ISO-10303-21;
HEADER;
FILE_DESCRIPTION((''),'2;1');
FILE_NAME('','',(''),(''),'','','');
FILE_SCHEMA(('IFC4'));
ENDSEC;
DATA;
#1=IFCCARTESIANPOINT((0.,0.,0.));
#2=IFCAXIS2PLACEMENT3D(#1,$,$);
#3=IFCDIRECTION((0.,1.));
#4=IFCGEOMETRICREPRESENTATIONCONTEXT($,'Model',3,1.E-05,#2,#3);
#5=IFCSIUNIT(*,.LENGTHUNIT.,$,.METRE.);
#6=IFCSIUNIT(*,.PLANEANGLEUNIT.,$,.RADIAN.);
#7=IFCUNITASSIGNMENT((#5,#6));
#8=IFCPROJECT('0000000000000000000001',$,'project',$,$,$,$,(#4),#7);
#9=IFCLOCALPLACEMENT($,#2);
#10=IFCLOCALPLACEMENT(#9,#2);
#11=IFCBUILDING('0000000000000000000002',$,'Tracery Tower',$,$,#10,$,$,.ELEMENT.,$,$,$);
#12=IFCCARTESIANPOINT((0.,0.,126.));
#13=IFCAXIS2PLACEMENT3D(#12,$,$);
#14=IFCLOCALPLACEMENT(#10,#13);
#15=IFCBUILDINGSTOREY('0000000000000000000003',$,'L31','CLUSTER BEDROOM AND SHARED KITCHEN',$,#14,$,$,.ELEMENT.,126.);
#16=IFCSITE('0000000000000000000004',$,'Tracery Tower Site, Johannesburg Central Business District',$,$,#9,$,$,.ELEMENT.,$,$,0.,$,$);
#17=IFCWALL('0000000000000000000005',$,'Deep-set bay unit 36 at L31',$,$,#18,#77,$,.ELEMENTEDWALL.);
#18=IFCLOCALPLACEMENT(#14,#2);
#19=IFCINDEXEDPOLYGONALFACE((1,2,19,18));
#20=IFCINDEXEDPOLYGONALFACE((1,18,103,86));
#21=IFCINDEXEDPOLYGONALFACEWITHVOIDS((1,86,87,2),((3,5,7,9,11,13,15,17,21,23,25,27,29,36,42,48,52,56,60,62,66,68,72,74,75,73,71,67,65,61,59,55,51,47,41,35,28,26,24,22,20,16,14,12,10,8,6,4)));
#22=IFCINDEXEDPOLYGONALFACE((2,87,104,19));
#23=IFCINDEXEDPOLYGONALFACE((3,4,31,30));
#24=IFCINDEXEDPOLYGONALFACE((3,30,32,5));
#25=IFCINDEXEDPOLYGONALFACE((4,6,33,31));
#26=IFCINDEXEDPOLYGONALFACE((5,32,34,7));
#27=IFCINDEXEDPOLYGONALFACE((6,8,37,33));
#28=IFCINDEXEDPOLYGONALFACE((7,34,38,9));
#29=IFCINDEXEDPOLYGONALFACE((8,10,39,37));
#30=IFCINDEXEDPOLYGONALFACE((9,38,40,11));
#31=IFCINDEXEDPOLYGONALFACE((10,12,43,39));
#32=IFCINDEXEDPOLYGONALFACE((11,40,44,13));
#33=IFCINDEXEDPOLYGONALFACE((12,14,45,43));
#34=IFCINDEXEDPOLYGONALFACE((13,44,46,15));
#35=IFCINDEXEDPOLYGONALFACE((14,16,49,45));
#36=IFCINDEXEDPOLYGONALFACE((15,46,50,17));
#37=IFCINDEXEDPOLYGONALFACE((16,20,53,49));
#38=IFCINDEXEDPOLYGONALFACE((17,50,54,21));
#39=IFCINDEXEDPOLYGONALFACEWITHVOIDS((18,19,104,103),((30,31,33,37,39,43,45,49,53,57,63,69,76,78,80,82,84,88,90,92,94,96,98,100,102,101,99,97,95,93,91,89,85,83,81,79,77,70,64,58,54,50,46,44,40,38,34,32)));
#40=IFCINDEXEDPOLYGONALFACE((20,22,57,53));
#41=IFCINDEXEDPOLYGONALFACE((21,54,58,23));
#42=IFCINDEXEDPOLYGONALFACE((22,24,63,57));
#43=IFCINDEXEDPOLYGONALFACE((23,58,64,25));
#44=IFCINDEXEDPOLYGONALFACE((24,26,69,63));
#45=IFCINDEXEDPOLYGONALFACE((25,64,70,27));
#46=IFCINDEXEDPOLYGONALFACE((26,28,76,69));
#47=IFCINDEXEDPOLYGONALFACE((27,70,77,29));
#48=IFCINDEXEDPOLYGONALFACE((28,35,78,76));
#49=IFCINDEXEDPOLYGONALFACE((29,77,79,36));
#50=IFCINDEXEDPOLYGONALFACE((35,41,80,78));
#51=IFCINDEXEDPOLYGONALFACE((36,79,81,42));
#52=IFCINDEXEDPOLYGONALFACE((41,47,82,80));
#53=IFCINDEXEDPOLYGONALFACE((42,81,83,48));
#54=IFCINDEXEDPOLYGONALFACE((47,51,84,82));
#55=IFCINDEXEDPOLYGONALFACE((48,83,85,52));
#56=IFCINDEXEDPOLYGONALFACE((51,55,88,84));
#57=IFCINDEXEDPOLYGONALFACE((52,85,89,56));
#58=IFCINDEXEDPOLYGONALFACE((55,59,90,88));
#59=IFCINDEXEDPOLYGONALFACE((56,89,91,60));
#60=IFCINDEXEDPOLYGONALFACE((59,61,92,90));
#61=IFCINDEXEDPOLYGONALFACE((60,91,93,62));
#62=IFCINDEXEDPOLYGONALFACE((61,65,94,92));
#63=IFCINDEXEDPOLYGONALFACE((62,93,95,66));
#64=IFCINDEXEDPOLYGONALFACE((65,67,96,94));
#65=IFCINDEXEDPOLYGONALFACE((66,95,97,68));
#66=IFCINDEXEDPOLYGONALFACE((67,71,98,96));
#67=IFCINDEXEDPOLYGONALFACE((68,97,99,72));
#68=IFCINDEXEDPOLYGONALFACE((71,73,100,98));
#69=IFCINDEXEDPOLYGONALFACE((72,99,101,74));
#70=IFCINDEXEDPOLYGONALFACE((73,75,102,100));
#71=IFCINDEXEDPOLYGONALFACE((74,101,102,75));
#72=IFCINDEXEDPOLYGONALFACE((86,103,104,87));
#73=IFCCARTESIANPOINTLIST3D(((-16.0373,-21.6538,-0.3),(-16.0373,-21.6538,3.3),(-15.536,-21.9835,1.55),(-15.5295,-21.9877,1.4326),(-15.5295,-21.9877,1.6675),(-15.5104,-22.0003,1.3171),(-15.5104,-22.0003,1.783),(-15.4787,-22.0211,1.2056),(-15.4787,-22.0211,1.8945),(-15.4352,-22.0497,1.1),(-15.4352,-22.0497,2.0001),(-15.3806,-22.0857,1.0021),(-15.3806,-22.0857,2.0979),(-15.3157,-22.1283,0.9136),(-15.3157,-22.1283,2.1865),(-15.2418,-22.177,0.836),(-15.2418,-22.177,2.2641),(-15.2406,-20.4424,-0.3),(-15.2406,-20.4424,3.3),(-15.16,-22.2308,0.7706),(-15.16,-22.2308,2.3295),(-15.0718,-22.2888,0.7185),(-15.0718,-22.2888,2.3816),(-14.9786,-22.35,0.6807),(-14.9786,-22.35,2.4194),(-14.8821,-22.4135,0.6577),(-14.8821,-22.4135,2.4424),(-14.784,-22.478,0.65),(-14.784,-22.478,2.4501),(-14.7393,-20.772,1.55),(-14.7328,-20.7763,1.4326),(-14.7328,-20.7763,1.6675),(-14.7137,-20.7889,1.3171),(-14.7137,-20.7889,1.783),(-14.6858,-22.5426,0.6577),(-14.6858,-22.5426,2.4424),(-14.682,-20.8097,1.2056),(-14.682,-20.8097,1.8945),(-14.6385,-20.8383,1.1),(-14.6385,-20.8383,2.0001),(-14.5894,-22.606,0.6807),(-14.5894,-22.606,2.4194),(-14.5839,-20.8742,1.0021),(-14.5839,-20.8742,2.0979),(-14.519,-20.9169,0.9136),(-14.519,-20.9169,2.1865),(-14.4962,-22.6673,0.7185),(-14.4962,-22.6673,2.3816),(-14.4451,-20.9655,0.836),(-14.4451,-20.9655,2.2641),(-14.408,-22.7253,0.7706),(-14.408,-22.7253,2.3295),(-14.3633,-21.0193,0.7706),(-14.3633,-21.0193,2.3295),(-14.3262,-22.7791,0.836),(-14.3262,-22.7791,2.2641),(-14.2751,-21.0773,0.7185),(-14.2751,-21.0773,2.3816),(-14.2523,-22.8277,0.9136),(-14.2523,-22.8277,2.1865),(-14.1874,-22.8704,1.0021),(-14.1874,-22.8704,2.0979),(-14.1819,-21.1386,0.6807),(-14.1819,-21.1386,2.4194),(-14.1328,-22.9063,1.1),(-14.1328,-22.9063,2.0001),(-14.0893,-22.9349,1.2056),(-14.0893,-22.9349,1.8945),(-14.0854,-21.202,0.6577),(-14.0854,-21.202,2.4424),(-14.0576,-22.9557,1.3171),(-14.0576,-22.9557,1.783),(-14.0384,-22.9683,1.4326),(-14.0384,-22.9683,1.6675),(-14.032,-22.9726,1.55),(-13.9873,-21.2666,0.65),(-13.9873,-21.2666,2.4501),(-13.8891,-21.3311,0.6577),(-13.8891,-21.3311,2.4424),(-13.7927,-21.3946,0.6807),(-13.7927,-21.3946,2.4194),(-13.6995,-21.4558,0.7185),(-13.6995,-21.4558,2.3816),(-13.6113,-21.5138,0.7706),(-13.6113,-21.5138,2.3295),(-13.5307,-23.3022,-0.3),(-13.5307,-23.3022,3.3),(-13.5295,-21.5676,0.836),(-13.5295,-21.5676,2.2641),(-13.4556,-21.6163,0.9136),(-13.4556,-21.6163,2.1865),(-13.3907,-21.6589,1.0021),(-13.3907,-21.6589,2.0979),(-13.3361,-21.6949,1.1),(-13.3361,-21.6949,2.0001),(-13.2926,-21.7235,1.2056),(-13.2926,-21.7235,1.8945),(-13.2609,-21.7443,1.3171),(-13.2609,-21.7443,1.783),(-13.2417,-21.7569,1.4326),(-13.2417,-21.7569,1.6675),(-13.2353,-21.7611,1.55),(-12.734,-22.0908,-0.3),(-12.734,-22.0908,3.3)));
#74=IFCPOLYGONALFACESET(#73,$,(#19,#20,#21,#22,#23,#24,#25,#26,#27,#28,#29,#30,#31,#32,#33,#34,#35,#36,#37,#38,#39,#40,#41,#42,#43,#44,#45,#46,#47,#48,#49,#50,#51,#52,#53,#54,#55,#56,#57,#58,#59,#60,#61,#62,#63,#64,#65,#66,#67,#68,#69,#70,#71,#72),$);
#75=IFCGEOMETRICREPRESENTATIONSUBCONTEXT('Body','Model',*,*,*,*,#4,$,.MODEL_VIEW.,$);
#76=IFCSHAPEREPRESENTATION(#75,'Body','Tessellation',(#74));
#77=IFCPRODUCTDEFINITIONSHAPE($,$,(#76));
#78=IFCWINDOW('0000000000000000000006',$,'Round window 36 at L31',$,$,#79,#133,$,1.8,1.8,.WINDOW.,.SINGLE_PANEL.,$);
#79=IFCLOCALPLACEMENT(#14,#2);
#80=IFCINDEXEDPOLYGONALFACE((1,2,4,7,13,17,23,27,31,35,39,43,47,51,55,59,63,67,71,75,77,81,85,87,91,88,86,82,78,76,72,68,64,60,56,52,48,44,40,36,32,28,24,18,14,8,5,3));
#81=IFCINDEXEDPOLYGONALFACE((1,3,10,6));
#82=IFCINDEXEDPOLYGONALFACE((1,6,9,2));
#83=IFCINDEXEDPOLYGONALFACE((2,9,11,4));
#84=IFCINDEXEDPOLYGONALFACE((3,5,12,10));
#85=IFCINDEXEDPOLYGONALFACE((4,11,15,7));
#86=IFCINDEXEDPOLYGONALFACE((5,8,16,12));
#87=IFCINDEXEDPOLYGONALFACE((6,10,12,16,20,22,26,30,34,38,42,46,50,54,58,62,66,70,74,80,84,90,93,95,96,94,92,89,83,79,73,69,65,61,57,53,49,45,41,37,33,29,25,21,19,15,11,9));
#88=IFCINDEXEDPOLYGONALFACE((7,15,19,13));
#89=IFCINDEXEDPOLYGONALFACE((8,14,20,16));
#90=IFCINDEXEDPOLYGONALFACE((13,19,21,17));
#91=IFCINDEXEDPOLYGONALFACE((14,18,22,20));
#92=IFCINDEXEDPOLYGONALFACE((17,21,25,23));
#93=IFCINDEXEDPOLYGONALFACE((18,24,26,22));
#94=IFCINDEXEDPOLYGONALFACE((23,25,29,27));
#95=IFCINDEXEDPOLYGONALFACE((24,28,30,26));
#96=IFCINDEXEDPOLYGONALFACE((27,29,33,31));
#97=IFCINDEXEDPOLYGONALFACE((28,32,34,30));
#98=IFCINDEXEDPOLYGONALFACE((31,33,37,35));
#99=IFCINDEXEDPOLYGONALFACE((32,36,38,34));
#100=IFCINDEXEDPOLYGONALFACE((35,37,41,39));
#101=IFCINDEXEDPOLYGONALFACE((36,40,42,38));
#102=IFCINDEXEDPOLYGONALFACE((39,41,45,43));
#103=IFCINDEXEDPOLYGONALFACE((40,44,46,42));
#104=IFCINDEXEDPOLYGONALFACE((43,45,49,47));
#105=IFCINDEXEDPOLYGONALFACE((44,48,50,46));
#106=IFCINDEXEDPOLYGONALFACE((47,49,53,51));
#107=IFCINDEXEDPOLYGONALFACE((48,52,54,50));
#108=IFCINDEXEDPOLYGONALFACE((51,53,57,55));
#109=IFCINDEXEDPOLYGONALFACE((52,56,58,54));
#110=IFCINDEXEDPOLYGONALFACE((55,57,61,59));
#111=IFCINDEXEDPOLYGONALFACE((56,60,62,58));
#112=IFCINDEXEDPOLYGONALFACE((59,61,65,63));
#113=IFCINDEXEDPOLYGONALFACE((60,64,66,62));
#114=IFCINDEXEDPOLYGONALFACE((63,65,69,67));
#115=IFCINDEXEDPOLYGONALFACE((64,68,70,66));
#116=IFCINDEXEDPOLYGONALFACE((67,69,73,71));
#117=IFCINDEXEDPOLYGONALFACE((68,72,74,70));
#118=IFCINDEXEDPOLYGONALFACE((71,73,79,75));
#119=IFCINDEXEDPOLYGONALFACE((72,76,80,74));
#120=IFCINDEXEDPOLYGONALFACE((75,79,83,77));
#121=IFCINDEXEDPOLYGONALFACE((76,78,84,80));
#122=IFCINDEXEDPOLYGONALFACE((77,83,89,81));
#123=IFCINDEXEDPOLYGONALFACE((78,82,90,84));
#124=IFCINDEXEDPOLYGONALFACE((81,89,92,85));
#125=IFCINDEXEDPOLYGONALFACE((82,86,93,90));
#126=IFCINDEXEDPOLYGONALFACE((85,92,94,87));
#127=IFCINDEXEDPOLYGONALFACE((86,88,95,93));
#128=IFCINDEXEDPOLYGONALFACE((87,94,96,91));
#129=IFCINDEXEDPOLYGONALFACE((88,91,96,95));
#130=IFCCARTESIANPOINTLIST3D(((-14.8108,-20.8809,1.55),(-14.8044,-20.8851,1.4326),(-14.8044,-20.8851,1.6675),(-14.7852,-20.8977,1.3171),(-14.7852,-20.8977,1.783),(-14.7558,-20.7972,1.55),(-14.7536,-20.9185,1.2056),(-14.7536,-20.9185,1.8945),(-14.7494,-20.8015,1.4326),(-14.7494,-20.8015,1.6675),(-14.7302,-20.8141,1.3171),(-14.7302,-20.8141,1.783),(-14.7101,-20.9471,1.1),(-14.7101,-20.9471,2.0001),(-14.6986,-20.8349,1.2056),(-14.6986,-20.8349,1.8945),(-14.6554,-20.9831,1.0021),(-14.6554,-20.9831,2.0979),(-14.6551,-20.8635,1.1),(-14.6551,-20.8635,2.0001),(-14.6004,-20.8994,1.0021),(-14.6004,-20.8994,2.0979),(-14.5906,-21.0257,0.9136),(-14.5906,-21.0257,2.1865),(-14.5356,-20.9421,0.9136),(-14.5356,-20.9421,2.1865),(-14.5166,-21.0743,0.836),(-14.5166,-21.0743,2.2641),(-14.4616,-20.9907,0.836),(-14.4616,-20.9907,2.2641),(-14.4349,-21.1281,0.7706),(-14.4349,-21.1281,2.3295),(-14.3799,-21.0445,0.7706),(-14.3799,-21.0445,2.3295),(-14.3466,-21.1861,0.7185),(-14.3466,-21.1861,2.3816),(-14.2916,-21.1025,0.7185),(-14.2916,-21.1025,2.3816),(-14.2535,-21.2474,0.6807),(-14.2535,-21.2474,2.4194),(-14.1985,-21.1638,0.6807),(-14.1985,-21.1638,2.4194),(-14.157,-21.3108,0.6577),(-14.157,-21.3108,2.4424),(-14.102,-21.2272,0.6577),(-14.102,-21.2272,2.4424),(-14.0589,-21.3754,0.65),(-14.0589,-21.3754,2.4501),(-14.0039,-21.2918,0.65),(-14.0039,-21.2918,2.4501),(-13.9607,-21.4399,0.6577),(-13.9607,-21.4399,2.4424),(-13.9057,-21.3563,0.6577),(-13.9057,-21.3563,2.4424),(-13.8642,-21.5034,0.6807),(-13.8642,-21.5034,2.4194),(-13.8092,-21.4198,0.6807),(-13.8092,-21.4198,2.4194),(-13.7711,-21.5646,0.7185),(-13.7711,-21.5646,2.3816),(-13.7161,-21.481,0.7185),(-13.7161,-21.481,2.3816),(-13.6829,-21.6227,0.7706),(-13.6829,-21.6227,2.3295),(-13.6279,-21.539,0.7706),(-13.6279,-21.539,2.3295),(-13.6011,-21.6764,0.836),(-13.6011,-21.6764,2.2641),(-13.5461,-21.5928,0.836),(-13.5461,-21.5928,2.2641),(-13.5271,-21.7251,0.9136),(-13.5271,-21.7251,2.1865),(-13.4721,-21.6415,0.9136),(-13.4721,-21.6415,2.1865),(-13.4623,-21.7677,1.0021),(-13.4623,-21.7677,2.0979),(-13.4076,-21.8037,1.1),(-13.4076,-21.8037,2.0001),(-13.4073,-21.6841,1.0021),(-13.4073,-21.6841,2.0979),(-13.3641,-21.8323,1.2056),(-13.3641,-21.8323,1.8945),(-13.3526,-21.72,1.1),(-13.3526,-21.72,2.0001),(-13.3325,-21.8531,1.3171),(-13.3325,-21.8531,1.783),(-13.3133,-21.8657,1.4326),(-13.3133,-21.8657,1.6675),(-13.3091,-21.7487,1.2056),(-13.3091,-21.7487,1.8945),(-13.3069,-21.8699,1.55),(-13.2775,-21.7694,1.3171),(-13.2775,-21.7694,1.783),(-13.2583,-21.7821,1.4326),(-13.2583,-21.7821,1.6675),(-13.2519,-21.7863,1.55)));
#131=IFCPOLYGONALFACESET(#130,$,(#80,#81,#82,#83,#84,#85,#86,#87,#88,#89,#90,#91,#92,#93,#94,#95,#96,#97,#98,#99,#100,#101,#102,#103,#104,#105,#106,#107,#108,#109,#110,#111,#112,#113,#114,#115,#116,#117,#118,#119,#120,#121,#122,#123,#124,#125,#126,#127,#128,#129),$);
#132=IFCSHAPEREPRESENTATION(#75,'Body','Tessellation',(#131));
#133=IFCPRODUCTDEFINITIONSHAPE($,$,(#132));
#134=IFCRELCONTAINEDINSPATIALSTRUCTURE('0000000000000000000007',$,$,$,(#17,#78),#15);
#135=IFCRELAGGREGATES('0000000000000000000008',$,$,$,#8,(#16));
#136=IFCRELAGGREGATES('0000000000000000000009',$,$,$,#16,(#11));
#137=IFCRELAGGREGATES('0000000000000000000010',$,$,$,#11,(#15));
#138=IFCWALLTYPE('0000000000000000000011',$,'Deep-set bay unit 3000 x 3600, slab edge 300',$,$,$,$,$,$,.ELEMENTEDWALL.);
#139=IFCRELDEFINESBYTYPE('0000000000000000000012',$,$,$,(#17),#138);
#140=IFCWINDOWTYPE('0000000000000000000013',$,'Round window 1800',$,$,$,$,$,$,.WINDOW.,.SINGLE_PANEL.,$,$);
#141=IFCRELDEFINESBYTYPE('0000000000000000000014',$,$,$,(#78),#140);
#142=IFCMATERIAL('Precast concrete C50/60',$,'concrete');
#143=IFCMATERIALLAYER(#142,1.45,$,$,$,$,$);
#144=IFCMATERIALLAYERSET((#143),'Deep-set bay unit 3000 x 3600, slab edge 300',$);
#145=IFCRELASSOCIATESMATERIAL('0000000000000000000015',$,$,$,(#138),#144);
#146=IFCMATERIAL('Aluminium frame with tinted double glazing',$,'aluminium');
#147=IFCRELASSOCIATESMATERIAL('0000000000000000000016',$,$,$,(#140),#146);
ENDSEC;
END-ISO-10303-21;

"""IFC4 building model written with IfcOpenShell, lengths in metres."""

from ifc_helpers import new_model, si_unit, direction, frame, frame_2d, origin, origin_2d, place, context, subcontext, project, spatial, rectangle, circle, extrude, material, layer, layer_set, type_object, element, fill, save


model = new_model("IFC4")

# Units and contexts
model_context = context("Model", 3, precision=1e-05, world=origin(), true_north=direction((0.0, 1.0)))
body_context = subcontext(model_context, "Body", "Model", "MODEL_VIEW")
ifc_project = project(units=[si_unit("LENGTHUNIT", "METRE"), si_unit("PLANEANGLEUNIT", "RADIAN")], contexts=[model_context])

# Site, building, storey
site_placement = place(None, origin())
site = spatial("IfcSite", under=ifc_project, at=site_placement, Name="Tracery Tower Site, Johannesburg Central Business District", CompositionType="ELEMENT", RefElevation=0.0)
building_placement = place(site_placement, origin())
building = spatial("IfcBuilding", under=site, at=building_placement, Name="Tracery Tower", CompositionType="ELEMENT")
storey_placement = place(building_placement, frame((0.0, 0.0, 126.0)))
storey = spatial("IfcBuildingStorey", under=building, at=storey_placement, Name="L31", Description="CLUSTER BEDROOM AND SHARED KITCHEN", CompositionType="ELEMENT", Elevation=126.0)

# Wall, opening, window
ifc_material_1 = material(Name="Precast concrete C50/60", Category="concrete")
ifc_layer_1 = layer(ifc_material_1, 1.45)
ifc_layer_set_1 = layer_set([ifc_layer_1], Name="Deep-set bay unit 3000 x 3600, slab edge 300")
wall_type_1 = type_object("IfcWallType", Name="Deep-set bay unit 3000 x 3600, slab edge 300", PredefinedType="ELEMENTEDWALL", material=ifc_layer_set_1)
ifc_material_2 = material(Name="Aluminium frame with tinted double glazing", Category="aluminium")
window_type = type_object("IfcWindowType", Name="Round window 1800", PartitioningType="SINGLE_PANEL", PredefinedType="WINDOW", material=ifc_material_2)
wall_1_placement = place(storey_placement, frame((-15.6389, -21.0481, -0.3), z_axis=(0.0, 0.0, 1.0), x_axis=(0.835514, -0.549469, 0.0)))
wall_1 = element("IfcWall", 1, at=wall_1_placement, inside=storey, type_object=wall_type_1, Name="Deep-set bay unit 36 at L31", PredefinedType="ELEMENTEDWALL", context=body_context, shape_type="SweptSolid", body=[
    extrude(rectangle(XDim=3.0, YDim=1.45, at=frame_2d((1.5, 0.0))), origin(), (0.0, 0.0, 1.0), 3.6001),
])
opening_1_placement = place(wall_1_placement, frame((1.5, 0.0, 1.8501)))
opening_1 = element("IfcOpeningElement", 2, at=opening_1_placement, cuts=wall_1, PredefinedType="OPENING", context=body_context, shape_type="SweptSolid", body=[
    extrude(circle(Radius=0.9, at=origin_2d()), frame((0.0, 0.7349, 0.0), z_axis=(0.0, -1.0, 0.0), x_axis=(1.0, 0.0, 0.0)), (0.0, 0.0, 1.0), 1.47),
])
window_1_placement = place(opening_1_placement, origin())
window_1 = element("IfcWindow", 3, at=window_1_placement, inside=storey, type_object=window_type, Name="Round window 36 at L31", OverallHeight=1.8, OverallWidth=1.8, PartitioningType="SINGLE_PANEL", PredefinedType="WINDOW", context=body_context, shape_type="SweptSolid", body=[
    extrude(circle(Radius=0.9, at=origin_2d()), frame((0.0, 0.6948, 0.0), z_axis=(0.0, -1.0, 0.0), x_axis=(1.0, 0.0, 0.0)), (0.0, 0.0, 1.0), 0.1001),
])
fill(opening_1, window_1)

save(model, "model.ifc")
